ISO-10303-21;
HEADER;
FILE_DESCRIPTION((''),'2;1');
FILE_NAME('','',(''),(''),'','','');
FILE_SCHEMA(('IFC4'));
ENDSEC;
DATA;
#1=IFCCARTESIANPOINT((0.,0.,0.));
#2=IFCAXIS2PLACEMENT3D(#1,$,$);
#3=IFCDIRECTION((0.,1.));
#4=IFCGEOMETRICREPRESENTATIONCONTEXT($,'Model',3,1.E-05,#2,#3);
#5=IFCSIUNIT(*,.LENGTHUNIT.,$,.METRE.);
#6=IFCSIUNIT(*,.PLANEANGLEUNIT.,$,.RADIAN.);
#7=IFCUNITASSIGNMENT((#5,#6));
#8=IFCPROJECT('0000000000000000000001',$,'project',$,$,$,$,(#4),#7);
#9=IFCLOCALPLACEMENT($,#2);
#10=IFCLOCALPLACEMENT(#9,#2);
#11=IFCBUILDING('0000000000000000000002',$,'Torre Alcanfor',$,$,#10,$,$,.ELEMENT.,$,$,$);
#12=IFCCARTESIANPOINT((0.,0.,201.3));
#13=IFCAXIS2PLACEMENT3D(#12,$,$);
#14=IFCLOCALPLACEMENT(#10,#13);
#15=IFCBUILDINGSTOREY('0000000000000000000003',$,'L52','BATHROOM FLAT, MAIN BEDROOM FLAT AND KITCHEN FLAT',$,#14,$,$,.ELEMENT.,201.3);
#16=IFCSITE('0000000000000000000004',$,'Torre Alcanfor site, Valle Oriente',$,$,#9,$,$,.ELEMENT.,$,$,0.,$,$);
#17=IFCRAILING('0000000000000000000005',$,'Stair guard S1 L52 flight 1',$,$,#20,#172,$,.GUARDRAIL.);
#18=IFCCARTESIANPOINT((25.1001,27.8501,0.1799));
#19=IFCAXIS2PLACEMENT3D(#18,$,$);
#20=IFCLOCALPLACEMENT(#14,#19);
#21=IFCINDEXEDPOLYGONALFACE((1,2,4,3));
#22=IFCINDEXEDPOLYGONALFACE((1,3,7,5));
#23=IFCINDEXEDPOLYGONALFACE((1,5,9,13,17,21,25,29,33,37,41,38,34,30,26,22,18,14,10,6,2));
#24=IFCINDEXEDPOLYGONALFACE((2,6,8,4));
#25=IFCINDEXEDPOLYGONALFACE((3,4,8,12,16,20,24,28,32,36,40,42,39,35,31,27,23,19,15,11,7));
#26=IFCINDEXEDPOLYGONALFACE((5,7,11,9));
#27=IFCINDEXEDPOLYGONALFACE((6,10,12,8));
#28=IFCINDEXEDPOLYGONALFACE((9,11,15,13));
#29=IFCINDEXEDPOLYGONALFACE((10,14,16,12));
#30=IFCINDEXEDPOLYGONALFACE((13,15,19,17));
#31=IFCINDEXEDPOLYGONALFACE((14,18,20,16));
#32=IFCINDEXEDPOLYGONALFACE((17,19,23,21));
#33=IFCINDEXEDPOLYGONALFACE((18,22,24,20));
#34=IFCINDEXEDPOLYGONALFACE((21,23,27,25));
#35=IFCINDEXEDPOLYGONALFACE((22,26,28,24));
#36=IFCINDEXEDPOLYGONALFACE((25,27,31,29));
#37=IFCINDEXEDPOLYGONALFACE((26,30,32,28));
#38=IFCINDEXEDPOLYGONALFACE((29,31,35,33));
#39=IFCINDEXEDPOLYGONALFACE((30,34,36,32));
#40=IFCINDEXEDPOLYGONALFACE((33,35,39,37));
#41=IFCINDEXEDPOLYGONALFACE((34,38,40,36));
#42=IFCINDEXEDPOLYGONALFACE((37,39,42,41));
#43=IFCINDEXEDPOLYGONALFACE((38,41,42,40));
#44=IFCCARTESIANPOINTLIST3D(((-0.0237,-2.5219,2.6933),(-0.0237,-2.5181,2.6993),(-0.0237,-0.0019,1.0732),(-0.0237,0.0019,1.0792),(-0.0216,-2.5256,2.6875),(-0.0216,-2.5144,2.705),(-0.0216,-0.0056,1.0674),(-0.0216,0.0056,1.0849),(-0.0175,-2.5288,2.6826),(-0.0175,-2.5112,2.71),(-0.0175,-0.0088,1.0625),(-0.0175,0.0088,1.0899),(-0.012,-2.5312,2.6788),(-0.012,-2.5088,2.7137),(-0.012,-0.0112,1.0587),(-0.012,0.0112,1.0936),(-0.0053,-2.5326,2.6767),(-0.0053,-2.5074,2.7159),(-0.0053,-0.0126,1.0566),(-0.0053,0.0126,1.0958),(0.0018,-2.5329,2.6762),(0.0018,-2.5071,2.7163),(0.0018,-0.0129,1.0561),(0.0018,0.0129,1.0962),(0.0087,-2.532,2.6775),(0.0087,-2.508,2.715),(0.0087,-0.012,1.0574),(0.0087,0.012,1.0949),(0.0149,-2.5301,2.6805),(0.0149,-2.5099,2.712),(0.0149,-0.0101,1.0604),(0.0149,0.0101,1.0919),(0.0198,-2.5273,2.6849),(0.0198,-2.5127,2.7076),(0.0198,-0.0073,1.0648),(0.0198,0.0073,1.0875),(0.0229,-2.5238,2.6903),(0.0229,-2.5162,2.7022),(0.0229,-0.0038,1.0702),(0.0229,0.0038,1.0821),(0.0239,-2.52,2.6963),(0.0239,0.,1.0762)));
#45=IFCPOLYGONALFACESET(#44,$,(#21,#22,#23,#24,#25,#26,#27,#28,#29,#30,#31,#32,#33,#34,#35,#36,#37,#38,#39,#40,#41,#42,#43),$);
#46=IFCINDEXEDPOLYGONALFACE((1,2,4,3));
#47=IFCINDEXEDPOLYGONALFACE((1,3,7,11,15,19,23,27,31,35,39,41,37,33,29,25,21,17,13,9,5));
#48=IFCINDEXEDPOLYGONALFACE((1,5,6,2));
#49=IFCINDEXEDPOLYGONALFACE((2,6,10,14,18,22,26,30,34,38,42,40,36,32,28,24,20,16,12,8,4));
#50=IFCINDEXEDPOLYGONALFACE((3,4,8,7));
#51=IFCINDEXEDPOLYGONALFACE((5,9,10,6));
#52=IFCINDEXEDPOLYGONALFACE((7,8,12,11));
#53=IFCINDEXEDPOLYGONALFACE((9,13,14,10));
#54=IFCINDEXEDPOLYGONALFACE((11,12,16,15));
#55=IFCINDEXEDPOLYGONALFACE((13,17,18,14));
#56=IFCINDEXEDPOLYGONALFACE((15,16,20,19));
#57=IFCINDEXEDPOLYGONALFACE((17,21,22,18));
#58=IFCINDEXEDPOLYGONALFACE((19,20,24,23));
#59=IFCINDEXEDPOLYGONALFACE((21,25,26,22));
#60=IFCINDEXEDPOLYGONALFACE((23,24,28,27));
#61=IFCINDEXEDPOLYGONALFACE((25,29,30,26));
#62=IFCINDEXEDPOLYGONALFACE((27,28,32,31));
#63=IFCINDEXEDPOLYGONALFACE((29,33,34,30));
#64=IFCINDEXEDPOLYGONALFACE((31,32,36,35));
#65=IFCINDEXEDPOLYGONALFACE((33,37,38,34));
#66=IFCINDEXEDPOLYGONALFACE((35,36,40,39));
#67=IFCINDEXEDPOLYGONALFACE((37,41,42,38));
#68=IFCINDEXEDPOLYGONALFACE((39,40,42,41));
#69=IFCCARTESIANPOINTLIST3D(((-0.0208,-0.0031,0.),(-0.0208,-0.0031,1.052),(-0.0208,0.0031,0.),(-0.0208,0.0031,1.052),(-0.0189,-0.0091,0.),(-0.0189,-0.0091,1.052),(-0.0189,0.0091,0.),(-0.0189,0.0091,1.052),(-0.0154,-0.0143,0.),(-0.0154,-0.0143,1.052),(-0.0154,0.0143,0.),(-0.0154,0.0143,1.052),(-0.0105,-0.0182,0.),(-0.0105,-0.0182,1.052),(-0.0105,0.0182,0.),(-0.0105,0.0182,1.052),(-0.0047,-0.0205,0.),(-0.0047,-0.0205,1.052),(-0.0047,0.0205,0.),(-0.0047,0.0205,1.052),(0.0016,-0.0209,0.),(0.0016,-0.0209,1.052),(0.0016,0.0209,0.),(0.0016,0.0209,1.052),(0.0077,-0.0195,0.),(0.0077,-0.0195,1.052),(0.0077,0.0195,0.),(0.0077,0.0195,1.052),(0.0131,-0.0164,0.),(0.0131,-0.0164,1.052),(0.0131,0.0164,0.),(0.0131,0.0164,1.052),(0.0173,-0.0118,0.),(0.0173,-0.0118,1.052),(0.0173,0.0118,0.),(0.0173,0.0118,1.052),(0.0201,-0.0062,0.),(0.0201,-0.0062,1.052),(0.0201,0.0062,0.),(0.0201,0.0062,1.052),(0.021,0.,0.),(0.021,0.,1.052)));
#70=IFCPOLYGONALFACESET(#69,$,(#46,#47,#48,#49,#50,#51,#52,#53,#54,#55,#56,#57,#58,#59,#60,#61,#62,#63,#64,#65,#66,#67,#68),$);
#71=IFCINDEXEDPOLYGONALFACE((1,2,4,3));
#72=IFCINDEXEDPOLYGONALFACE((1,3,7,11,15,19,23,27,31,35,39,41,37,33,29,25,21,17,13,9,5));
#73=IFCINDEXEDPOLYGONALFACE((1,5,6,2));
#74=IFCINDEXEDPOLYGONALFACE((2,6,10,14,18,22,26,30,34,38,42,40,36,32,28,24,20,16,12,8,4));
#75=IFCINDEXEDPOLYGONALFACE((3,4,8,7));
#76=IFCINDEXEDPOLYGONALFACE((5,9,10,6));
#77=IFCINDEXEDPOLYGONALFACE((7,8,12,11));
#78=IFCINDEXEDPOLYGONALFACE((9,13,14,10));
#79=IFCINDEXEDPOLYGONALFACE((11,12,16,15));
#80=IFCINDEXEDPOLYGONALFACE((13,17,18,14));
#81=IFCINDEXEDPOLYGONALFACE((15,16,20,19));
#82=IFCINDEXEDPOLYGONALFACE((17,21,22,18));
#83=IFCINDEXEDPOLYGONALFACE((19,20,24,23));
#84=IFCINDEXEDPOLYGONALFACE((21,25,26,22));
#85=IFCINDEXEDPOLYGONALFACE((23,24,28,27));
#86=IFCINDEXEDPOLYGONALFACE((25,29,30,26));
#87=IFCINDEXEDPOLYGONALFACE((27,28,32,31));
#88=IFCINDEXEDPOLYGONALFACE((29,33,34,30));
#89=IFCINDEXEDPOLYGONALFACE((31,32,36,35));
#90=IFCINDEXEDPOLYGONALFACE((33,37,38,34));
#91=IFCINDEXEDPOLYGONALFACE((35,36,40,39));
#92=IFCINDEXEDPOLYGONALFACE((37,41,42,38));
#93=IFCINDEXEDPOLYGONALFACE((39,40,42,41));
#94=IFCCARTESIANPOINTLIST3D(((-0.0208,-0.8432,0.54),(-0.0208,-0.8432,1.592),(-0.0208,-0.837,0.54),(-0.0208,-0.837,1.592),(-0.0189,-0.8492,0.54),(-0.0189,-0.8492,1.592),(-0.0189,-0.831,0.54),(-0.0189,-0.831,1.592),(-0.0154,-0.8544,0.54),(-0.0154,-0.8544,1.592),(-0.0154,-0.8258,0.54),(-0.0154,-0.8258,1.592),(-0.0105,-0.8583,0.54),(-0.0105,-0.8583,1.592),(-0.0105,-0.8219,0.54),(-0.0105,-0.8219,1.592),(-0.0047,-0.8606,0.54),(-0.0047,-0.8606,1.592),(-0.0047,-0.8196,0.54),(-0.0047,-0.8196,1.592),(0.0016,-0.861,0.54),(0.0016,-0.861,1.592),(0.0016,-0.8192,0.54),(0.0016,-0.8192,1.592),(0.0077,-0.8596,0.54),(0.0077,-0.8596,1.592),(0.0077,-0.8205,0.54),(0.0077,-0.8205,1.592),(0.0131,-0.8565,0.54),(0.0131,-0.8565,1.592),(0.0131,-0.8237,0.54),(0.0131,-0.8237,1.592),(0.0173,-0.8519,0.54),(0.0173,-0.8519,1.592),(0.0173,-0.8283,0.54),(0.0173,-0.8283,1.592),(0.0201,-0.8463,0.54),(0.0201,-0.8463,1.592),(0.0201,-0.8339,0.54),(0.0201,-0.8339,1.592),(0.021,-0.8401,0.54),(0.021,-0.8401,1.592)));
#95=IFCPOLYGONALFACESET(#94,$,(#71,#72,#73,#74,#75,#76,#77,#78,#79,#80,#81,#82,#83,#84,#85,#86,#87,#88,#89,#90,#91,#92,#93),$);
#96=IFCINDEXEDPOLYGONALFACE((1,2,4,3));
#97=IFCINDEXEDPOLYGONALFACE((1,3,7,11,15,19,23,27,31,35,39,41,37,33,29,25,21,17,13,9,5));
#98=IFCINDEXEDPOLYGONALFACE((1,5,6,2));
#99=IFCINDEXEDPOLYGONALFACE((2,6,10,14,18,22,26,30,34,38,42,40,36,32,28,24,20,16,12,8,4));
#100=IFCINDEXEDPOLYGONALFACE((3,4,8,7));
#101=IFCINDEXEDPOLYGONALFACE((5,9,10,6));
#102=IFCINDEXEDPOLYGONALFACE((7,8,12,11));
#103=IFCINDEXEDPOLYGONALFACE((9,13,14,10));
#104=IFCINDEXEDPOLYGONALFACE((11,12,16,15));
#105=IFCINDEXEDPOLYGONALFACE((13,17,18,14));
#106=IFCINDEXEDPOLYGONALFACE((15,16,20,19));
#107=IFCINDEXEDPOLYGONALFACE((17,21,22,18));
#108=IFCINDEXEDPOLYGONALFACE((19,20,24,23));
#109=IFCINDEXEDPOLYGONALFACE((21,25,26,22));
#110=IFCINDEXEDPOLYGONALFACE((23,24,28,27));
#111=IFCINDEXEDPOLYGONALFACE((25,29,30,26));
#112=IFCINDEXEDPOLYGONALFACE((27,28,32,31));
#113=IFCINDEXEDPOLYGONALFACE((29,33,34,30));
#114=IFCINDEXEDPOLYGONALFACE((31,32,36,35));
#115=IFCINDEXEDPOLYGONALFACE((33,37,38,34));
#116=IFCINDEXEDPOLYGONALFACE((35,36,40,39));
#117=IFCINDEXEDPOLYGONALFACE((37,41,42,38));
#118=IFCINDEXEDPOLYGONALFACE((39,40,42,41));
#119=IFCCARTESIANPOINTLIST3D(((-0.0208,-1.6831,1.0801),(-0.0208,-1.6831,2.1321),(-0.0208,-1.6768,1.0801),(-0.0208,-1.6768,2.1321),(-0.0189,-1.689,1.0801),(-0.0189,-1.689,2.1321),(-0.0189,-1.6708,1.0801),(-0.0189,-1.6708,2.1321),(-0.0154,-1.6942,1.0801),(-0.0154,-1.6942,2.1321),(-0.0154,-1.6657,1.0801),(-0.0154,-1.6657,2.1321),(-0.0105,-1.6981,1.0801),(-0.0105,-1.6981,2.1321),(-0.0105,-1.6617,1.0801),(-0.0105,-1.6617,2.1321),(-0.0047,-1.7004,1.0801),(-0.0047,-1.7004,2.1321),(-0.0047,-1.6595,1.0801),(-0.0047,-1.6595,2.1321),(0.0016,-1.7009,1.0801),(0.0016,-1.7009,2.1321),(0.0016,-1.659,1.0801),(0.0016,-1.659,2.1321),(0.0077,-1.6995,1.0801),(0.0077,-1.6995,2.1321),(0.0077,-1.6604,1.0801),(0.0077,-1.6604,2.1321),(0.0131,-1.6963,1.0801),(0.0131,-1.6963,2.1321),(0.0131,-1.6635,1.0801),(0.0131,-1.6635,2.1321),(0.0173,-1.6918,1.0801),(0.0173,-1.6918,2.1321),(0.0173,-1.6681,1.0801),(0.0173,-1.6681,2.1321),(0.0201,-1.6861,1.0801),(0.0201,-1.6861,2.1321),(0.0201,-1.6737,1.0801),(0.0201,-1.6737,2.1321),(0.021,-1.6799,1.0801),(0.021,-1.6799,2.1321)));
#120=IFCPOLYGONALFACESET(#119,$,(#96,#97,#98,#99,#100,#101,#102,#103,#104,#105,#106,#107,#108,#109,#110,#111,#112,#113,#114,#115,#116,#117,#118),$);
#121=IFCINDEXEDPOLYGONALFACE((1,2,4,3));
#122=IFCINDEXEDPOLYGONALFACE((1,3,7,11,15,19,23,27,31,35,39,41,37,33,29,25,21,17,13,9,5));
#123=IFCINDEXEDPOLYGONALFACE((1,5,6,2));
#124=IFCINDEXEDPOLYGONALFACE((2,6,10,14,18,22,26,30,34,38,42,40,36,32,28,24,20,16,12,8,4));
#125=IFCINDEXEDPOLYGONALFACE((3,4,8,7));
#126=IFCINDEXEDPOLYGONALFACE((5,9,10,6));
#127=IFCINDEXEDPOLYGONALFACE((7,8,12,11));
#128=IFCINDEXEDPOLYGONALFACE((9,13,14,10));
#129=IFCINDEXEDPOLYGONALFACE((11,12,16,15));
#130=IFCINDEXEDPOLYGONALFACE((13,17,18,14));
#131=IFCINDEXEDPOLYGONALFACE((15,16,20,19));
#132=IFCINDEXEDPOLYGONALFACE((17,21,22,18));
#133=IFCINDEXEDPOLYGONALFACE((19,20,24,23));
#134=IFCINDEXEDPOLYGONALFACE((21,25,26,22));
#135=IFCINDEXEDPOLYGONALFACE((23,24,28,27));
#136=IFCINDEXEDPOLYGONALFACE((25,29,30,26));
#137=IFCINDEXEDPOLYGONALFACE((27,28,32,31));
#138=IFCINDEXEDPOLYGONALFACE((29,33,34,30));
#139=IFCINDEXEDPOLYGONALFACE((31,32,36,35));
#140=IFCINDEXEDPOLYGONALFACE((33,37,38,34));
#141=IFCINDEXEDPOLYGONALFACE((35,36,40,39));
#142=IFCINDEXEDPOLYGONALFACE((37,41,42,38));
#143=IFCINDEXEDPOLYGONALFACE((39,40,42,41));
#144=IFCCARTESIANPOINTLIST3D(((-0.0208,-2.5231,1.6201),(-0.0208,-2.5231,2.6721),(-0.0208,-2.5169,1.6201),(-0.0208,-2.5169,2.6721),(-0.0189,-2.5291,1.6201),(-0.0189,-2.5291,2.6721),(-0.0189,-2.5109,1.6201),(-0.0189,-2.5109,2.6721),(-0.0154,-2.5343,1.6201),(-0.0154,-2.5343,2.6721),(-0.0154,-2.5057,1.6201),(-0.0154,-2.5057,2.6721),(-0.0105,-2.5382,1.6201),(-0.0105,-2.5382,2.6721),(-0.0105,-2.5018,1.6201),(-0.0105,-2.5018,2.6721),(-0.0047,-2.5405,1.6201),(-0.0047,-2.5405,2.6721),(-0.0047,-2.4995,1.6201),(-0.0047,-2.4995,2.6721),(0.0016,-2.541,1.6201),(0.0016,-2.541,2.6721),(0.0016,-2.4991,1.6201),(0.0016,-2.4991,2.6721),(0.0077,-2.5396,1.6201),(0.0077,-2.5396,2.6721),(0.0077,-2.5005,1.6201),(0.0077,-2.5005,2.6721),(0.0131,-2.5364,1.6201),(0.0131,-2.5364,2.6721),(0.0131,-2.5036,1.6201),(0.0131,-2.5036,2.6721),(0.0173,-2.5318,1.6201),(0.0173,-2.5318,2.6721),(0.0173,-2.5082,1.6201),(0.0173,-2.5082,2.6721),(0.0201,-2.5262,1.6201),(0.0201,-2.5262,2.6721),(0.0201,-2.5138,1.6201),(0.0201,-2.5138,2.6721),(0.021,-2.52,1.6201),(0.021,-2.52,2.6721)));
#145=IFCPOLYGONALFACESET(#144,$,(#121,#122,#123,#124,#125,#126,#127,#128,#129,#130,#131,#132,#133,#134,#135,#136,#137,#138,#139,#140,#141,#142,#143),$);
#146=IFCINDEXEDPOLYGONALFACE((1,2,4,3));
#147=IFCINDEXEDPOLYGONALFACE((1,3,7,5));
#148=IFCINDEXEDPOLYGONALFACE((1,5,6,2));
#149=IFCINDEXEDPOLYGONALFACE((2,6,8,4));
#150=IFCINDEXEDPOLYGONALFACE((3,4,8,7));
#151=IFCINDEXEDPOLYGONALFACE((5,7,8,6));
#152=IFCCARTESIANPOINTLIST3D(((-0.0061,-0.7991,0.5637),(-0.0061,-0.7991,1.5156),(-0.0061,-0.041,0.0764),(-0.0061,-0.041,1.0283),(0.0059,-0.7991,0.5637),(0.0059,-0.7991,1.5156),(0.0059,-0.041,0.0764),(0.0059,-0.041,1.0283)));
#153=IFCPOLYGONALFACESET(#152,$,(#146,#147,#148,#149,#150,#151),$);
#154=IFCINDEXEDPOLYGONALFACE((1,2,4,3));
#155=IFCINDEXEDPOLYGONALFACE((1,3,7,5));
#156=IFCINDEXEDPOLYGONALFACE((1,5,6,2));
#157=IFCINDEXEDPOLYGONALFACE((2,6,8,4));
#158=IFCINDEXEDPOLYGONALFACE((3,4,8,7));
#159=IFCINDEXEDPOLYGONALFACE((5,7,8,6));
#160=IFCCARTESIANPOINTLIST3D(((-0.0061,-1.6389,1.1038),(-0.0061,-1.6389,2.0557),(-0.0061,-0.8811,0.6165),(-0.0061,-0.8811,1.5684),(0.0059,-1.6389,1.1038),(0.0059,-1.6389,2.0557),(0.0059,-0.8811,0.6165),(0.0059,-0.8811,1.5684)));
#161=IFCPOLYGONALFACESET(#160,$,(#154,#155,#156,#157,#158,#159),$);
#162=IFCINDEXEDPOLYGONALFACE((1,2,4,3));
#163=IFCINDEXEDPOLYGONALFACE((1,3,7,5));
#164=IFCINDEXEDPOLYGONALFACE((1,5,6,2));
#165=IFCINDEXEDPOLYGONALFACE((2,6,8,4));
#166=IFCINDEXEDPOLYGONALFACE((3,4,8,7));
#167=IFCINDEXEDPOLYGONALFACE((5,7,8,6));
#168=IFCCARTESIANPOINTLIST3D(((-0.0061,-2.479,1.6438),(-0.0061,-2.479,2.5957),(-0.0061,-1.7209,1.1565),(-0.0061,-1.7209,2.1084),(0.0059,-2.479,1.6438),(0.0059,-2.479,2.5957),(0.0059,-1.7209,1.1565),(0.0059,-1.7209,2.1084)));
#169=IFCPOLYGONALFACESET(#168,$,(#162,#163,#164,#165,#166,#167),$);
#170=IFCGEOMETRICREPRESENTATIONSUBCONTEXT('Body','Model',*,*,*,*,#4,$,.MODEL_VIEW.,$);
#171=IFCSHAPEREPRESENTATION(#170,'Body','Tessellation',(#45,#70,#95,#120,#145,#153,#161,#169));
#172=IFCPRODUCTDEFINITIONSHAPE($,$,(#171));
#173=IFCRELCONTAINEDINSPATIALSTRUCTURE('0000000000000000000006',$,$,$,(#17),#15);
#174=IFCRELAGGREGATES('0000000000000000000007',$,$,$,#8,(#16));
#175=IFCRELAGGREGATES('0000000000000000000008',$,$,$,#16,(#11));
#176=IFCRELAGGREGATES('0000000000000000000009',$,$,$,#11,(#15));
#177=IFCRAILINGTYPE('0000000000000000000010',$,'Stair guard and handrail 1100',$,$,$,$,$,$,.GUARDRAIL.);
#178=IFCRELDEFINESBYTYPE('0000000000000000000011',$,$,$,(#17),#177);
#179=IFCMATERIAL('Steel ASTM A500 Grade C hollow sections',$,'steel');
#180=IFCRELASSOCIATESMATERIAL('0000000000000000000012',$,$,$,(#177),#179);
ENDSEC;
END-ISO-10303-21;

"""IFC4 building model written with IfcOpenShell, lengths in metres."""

from ifc_helpers import new_model, si_unit, direction, frame, origin, origin_2d, place, context, subcontext, project, spatial, polyline, circle, outline, extrude, material, type_object, element, save


model = new_model("IFC4")

# Units and contexts
model_context = context("Model", 3, precision=1e-05, world=origin(), true_north=direction((0.0, 1.0)))
body_context = subcontext(model_context, "Body", "Model", "MODEL_VIEW")
ifc_project = project(units=[si_unit("LENGTHUNIT", "METRE"), si_unit("PLANEANGLEUNIT", "RADIAN")], contexts=[model_context])

# Site, building, storey
site_placement = place(None, origin())
site = spatial("IfcSite", under=ifc_project, at=site_placement, Name="Torre Alcanfor site, Valle Oriente", CompositionType="ELEMENT", RefElevation=0.0)
building_placement = place(site_placement, origin())
building = spatial("IfcBuilding", under=site, at=building_placement, Name="Torre Alcanfor", CompositionType="ELEMENT")
storey_placement = place(building_placement, frame((0.0, 0.0, 201.3)))
storey = spatial("IfcBuildingStorey", under=building, at=storey_placement, Name="L52", Description="BATHROOM FLAT, MAIN BEDROOM FLAT AND KITCHEN FLAT", CompositionType="ELEMENT", Elevation=201.3)

# Railing
ifc_material_1 = material(Name="Steel ASTM A500 Grade C hollow sections", Category="steel")
railing_type = type_object("IfcRailingType", Name="Stair guard and handrail 1100", PredefinedType="GUARDRAIL", material=ifc_material_1)
railing_placement = place(storey_placement, frame((25.1001, 27.8501, 0.1799)))
element("IfcRailing", 1, at=railing_placement, inside=storey, type_object=railing_type, Name="Stair guard S1 L52 flight 1", PredefinedType="GUARDRAIL", context=body_context, shape_type="SweptSolid", body=[
    extrude(circle(Radius=0.0239, at=origin_2d()), frame((0.0, 0.0, 1.0762), z_axis=(0.0, -0.841163, 0.540782), x_axis=(1.0, 0.0, 0.0)), (0.0, 0.0, 1.0), 2.9958),
    extrude(circle(Radius=0.021, at=origin_2d()), origin(), (0.0, 0.0, 1.0), 1.052),
    extrude(circle(Radius=0.021, at=origin_2d()), frame((0.0, -0.8401, 0.54)), (0.0, 0.0, 1.0), 1.052),
    extrude(circle(Radius=0.021, at=origin_2d()), frame((0.0, -1.6799, 1.0801)), (0.0, 0.0, 1.0), 1.052),
    extrude(circle(Radius=0.021, at=origin_2d()), frame((0.0, -2.52, 1.6201)), (0.0, 0.0, 1.0), 1.052),
    extrude(outline(polyline([(0.041, 0.0764), (0.7991, 0.5637), (0.7991, 1.5156), (0.041, 1.0283), (0.041, 0.0764)])), frame((0.0059, 0.0, 0.0), z_axis=(-1.0, 0.0, 0.0), x_axis=(0.0, -1.0, 0.0)), (0.0, 0.0, 1.0), 0.012),
    extrude(outline(polyline([(0.8811, 0.6165), (1.6389, 1.1038), (1.6389, 2.0557), (0.8811, 1.5684), (0.8811, 0.6165)])), frame((0.0059, 0.0, 0.0), z_axis=(-1.0, 0.0, 0.0), x_axis=(0.0, -1.0, 0.0)), (0.0, 0.0, 1.0), 0.012),
    extrude(outline(polyline([(1.7209, 1.1565), (2.479, 1.6438), (2.479, 2.5957), (1.7209, 2.1084), (1.7209, 1.1565)])), frame((0.0059, 0.0, 0.0), z_axis=(-1.0, 0.0, 0.0), x_axis=(0.0, -1.0, 0.0)), (0.0, 0.0, 1.0), 0.012),
])

save(model, "model.ifc")
